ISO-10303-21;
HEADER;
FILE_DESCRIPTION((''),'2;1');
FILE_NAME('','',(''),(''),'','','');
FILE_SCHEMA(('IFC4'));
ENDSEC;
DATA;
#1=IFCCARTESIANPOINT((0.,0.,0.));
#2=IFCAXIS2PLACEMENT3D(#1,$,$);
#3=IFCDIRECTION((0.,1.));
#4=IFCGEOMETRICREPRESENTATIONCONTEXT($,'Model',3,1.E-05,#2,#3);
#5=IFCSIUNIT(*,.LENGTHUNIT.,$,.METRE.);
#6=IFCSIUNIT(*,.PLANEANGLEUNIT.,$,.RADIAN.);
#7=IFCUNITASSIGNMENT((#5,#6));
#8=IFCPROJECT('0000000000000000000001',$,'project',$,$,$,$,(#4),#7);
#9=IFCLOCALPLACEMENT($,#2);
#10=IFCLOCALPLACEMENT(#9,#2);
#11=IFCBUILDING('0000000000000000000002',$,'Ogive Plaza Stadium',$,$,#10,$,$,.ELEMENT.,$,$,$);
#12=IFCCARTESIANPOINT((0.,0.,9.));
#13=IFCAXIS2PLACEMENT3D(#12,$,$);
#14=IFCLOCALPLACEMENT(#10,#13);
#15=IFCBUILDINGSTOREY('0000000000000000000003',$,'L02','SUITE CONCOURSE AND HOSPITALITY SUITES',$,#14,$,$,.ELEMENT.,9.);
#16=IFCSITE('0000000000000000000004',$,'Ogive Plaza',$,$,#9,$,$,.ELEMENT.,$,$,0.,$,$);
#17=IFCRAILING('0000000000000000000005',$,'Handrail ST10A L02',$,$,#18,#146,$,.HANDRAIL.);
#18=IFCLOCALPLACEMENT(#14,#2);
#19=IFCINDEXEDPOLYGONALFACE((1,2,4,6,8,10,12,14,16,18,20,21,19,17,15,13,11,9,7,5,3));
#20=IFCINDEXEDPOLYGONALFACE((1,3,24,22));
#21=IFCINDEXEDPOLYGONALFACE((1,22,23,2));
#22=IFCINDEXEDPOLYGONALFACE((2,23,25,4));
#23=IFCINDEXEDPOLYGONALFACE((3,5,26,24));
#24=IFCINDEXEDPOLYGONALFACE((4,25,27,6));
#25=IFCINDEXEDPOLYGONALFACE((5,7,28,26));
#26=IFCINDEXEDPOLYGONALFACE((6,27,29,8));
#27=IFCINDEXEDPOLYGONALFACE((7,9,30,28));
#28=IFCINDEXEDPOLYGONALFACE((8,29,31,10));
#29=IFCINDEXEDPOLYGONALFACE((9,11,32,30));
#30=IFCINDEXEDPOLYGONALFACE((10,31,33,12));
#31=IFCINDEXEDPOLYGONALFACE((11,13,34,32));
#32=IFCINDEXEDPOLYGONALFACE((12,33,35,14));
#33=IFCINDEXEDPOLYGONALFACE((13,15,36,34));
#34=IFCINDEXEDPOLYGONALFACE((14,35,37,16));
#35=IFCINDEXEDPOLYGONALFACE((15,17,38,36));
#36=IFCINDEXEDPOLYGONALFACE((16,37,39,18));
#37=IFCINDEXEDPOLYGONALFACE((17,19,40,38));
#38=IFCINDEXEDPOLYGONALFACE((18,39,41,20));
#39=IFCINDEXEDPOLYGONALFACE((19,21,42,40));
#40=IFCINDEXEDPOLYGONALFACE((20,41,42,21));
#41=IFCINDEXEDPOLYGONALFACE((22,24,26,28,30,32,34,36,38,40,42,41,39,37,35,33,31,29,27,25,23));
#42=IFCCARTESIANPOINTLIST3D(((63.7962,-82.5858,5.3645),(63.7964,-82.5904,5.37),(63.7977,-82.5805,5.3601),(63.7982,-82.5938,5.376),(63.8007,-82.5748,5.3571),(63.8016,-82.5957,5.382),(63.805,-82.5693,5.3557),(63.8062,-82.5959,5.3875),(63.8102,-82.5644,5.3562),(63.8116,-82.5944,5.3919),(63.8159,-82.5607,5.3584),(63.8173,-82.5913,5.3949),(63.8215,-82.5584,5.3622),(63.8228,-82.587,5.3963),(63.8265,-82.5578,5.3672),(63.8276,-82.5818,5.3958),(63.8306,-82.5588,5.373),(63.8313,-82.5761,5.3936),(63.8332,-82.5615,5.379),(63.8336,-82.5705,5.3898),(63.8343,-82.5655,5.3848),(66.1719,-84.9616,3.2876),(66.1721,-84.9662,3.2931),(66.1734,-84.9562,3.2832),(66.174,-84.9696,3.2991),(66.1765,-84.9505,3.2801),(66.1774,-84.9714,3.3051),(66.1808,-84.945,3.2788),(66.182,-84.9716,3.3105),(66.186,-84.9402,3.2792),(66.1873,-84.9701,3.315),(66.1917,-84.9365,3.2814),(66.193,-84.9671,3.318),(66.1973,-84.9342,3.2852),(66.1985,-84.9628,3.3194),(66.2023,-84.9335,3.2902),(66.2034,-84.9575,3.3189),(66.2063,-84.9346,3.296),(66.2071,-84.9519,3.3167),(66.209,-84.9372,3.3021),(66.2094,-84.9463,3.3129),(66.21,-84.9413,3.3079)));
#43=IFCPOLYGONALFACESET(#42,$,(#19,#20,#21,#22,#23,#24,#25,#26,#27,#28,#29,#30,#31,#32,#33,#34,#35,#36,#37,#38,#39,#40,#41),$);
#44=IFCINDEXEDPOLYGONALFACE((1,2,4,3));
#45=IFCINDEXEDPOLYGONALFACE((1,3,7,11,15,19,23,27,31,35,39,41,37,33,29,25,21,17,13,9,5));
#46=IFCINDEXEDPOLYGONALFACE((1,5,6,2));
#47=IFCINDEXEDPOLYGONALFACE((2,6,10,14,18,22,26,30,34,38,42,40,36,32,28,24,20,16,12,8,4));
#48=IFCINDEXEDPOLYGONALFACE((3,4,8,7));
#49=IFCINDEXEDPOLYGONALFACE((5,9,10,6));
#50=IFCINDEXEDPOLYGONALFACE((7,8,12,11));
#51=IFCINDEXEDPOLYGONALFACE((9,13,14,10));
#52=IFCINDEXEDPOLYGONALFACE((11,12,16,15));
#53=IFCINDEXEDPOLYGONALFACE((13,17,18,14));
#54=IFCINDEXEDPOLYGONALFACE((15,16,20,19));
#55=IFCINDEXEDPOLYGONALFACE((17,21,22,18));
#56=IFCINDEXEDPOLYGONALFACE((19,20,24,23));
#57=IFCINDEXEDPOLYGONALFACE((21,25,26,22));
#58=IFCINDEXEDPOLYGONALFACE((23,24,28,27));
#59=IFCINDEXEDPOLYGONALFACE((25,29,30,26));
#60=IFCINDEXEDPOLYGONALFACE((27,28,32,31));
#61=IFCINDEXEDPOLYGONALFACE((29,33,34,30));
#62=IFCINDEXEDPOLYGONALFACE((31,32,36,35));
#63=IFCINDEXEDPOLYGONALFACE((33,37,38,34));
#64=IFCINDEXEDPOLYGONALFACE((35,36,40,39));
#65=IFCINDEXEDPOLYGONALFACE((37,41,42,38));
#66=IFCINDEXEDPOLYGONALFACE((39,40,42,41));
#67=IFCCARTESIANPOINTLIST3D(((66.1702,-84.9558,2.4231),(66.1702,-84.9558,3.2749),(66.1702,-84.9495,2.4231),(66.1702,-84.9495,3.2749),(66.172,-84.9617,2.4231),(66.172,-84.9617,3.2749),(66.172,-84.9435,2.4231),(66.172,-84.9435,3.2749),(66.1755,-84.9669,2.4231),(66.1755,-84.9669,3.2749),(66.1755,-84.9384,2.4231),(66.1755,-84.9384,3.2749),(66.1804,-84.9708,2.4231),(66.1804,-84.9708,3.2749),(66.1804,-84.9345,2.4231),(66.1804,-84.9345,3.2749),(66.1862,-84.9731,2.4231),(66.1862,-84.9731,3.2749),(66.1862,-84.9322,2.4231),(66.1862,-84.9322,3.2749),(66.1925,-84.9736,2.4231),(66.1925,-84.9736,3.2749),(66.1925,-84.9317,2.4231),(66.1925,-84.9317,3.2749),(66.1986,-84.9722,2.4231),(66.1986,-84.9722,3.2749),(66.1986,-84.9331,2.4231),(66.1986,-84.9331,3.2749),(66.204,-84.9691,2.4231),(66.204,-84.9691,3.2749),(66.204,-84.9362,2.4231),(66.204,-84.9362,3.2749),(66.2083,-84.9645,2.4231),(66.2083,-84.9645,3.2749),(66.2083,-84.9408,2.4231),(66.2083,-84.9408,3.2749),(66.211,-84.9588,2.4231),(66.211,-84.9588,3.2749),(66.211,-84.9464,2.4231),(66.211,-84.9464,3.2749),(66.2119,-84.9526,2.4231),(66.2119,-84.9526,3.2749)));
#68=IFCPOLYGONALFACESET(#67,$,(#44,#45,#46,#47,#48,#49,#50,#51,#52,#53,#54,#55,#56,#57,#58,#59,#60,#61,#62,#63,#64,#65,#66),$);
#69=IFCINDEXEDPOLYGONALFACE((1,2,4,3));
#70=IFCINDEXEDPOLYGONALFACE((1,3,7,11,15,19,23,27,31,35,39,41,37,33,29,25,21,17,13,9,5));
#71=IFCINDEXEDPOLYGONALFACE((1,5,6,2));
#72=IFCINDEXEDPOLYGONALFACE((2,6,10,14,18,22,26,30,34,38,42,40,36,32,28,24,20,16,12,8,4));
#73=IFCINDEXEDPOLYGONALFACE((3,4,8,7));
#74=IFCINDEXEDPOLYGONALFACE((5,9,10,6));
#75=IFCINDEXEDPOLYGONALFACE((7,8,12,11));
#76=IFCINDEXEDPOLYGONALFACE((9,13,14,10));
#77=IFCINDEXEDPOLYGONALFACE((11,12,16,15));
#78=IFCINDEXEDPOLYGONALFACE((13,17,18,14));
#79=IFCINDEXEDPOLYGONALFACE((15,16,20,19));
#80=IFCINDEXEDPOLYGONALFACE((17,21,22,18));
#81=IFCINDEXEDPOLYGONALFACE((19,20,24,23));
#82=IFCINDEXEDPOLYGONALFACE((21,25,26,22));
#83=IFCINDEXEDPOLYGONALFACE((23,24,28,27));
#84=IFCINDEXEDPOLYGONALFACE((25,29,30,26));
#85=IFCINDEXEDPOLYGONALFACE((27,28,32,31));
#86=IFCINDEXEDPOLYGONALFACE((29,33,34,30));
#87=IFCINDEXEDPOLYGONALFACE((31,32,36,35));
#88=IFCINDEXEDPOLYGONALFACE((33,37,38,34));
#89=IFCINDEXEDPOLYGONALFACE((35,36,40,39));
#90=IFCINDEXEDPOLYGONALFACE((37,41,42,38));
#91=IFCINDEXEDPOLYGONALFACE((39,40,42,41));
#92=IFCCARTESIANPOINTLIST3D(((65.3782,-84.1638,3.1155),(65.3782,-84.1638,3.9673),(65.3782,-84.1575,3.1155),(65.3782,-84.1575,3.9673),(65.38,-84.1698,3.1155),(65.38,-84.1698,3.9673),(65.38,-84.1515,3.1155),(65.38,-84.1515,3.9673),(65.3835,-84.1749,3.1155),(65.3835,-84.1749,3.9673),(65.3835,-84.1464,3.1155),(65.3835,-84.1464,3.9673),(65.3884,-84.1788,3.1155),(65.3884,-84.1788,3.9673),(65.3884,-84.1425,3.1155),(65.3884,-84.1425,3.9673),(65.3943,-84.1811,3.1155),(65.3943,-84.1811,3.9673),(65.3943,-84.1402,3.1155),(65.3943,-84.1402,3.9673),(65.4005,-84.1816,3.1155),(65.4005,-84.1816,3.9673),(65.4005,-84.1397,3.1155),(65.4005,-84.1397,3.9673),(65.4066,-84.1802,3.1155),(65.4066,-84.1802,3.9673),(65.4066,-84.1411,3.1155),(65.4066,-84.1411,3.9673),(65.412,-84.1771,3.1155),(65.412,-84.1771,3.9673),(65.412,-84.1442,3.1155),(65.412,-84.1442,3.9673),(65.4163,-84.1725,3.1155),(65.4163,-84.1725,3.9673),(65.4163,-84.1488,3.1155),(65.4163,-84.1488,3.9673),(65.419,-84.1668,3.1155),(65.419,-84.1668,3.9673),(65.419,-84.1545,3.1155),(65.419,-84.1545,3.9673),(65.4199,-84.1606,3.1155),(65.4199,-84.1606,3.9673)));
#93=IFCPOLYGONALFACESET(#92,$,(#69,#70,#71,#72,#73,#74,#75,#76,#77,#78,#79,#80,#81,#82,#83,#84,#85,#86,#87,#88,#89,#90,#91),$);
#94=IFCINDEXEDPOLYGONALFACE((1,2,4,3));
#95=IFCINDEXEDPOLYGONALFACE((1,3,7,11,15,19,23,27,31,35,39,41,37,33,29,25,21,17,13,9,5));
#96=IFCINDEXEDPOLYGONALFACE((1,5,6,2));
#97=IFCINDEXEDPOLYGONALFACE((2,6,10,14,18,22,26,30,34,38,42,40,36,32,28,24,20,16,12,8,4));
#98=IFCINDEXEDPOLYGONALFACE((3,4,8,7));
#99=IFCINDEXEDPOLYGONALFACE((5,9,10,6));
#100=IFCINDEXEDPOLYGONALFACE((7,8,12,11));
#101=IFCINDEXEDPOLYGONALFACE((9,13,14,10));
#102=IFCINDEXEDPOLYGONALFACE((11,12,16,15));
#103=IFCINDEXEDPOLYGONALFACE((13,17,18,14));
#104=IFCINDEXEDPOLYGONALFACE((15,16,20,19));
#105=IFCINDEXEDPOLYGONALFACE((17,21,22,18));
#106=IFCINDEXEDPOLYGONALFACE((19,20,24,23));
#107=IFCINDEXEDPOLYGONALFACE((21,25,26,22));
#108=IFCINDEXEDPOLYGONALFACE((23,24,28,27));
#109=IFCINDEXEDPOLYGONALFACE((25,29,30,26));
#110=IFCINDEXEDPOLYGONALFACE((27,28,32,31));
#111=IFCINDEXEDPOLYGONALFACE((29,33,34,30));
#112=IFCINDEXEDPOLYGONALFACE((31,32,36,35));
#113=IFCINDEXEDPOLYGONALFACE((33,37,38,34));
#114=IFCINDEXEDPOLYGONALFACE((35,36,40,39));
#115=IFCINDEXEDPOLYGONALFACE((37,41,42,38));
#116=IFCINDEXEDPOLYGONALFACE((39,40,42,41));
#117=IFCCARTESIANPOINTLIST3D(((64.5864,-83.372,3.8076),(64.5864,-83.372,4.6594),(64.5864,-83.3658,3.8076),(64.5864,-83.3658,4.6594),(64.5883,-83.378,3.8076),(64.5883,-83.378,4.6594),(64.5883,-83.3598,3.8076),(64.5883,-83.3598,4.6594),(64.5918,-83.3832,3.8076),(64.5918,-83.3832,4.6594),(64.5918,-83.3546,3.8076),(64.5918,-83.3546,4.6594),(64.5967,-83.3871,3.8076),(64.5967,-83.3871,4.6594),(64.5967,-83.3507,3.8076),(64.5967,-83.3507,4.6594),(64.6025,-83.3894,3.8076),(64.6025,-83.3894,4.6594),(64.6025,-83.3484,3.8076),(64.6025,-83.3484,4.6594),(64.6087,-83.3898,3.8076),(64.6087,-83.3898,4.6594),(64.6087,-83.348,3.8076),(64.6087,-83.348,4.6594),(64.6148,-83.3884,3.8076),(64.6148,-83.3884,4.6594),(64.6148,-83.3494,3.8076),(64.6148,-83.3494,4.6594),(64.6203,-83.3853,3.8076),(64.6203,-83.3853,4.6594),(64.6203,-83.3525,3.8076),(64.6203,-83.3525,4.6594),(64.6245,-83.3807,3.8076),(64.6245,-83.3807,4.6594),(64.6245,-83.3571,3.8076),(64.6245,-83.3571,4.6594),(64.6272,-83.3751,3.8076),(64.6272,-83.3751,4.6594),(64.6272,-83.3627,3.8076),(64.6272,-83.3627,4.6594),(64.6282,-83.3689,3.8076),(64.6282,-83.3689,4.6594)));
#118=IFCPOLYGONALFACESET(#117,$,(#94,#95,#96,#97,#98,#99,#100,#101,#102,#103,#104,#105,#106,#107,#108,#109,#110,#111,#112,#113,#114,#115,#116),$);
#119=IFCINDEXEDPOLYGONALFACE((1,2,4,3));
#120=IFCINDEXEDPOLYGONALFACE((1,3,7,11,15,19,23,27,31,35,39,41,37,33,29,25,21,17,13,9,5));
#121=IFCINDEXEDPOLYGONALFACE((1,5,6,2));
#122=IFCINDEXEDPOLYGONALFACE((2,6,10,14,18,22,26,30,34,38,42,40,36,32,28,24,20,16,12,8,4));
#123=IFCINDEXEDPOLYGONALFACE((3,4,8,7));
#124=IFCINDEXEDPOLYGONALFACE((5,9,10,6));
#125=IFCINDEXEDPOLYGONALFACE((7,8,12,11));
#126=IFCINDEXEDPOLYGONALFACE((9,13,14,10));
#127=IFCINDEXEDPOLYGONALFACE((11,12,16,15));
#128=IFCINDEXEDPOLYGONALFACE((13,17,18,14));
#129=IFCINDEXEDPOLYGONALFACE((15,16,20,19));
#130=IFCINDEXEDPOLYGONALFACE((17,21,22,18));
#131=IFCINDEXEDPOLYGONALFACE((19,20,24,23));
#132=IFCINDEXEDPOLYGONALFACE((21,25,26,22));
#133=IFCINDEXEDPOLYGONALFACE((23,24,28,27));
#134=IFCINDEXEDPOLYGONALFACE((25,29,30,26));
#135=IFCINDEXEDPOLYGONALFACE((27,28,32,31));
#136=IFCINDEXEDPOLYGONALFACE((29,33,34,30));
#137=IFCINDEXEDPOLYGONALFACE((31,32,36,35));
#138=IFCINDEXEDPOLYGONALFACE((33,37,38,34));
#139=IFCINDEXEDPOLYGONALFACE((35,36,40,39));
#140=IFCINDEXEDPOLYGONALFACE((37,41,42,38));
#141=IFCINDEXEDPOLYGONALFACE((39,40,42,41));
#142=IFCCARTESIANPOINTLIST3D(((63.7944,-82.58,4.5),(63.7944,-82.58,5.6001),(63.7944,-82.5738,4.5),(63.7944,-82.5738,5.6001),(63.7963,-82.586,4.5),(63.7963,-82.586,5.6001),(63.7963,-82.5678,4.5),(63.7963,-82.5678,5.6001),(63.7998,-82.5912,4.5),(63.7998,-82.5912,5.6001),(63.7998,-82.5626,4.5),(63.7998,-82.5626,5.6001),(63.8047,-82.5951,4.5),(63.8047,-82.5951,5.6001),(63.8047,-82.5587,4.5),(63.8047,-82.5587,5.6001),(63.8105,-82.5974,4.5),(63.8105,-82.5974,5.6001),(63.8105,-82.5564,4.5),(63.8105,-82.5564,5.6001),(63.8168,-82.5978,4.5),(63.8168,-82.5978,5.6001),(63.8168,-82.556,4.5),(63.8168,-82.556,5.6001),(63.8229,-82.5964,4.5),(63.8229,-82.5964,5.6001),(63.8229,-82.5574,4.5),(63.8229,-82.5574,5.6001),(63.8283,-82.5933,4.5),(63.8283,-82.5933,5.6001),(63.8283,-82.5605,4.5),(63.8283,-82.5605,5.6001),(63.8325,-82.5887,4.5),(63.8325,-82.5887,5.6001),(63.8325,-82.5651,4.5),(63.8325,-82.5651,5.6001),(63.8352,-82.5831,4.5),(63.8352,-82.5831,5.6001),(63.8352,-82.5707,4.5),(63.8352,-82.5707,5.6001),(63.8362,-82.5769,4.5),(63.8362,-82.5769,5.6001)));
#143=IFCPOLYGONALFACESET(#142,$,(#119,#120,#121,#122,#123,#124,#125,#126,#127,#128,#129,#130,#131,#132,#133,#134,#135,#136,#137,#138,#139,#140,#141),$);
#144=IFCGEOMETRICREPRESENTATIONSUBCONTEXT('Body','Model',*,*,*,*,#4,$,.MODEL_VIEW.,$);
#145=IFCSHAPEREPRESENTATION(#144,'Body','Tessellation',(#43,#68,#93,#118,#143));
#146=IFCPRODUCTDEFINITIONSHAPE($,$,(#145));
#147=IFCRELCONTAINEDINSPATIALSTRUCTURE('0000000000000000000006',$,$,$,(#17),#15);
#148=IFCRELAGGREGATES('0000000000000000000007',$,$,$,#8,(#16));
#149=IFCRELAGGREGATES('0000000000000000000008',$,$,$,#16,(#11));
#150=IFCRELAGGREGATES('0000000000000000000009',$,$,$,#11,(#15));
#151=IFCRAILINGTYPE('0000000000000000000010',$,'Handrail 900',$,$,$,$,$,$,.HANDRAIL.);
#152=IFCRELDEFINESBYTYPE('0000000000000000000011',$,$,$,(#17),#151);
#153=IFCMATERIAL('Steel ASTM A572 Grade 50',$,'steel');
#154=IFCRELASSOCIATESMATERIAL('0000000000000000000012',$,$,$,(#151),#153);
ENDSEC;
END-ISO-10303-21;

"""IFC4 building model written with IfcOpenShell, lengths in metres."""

from ifc_helpers import new_model, si_unit, direction, frame, origin, origin_2d, place, context, subcontext, project, spatial, circle, extrude, material, type_object, element, save


model = new_model("IFC4")

# Units and contexts
model_context = context("Model", 3, precision=1e-05, world=origin(), true_north=direction((0.0, 1.0)))
body_context = subcontext(model_context, "Body", "Model", "MODEL_VIEW")
ifc_project = project(units=[si_unit("LENGTHUNIT", "METRE"), si_unit("PLANEANGLEUNIT", "RADIAN")], contexts=[model_context])

# Site, building, storey
site_placement = place(None, origin())
site = spatial("IfcSite", under=ifc_project, at=site_placement, Name="Ogive Plaza", CompositionType="ELEMENT", RefElevation=0.0)
building_placement = place(site_placement, origin())
building = spatial("IfcBuilding", under=site, at=building_placement, Name="Ogive Plaza Stadium", CompositionType="ELEMENT")
storey_placement = place(building_placement, frame((0.0, 0.0, 9.0)))
storey = spatial("IfcBuildingStorey", under=building, at=storey_placement, Name="L02", Description="SUITE CONCOURSE AND HOSPITALITY SUITES", CompositionType="ELEMENT", Elevation=9.0)

# Railing
ifc_material_1 = material(Name="Steel ASTM A572 Grade 50", Category="steel")
railing_type_1 = type_object("IfcRailingType", Name="Handrail 900", PredefinedType="HANDRAIL", material=ifc_material_1)
for number, where, name in (
    (1, (66.1909, -84.9526, 2.4231), "Handrail ST10A L02"),
):
    element("IfcRailing", number, at=place(storey_placement, frame(where)), inside=storey, type_object=railing_type_1, Name=name, PredefinedType="HANDRAIL", context=body_context, shape_type="SweptSolid", body=[
        extrude(circle(Radius=0.0239, at=origin_2d()), frame((0.0, 0.0, 0.876), z_axis=(-0.601466, 0.601466, 0.525811), x_axis=(-0.707107, -0.707107, 0.0)), (0.0, 0.0, 1.0), 3.95),
        extrude(circle(Radius=0.021, at=origin_2d()), origin(), (0.0, 0.0, 1.0), 0.8518),
        extrude(circle(Radius=0.021, at=origin_2d()), frame((-0.792, 0.792, 0.6924)), (0.0, 0.0, 1.0), 0.8518),
        extrude(circle(Radius=0.021, at=origin_2d()), frame((-1.5837, 1.5837, 1.3845)), (0.0, 0.0, 1.0), 0.8518),
        extrude(circle(Radius=0.021, at=origin_2d()), frame((-2.3757, 2.3757, 2.0769)), (0.0, 0.0, 1.0), 1.1001),
    ])

save(model, "model.ifc")
